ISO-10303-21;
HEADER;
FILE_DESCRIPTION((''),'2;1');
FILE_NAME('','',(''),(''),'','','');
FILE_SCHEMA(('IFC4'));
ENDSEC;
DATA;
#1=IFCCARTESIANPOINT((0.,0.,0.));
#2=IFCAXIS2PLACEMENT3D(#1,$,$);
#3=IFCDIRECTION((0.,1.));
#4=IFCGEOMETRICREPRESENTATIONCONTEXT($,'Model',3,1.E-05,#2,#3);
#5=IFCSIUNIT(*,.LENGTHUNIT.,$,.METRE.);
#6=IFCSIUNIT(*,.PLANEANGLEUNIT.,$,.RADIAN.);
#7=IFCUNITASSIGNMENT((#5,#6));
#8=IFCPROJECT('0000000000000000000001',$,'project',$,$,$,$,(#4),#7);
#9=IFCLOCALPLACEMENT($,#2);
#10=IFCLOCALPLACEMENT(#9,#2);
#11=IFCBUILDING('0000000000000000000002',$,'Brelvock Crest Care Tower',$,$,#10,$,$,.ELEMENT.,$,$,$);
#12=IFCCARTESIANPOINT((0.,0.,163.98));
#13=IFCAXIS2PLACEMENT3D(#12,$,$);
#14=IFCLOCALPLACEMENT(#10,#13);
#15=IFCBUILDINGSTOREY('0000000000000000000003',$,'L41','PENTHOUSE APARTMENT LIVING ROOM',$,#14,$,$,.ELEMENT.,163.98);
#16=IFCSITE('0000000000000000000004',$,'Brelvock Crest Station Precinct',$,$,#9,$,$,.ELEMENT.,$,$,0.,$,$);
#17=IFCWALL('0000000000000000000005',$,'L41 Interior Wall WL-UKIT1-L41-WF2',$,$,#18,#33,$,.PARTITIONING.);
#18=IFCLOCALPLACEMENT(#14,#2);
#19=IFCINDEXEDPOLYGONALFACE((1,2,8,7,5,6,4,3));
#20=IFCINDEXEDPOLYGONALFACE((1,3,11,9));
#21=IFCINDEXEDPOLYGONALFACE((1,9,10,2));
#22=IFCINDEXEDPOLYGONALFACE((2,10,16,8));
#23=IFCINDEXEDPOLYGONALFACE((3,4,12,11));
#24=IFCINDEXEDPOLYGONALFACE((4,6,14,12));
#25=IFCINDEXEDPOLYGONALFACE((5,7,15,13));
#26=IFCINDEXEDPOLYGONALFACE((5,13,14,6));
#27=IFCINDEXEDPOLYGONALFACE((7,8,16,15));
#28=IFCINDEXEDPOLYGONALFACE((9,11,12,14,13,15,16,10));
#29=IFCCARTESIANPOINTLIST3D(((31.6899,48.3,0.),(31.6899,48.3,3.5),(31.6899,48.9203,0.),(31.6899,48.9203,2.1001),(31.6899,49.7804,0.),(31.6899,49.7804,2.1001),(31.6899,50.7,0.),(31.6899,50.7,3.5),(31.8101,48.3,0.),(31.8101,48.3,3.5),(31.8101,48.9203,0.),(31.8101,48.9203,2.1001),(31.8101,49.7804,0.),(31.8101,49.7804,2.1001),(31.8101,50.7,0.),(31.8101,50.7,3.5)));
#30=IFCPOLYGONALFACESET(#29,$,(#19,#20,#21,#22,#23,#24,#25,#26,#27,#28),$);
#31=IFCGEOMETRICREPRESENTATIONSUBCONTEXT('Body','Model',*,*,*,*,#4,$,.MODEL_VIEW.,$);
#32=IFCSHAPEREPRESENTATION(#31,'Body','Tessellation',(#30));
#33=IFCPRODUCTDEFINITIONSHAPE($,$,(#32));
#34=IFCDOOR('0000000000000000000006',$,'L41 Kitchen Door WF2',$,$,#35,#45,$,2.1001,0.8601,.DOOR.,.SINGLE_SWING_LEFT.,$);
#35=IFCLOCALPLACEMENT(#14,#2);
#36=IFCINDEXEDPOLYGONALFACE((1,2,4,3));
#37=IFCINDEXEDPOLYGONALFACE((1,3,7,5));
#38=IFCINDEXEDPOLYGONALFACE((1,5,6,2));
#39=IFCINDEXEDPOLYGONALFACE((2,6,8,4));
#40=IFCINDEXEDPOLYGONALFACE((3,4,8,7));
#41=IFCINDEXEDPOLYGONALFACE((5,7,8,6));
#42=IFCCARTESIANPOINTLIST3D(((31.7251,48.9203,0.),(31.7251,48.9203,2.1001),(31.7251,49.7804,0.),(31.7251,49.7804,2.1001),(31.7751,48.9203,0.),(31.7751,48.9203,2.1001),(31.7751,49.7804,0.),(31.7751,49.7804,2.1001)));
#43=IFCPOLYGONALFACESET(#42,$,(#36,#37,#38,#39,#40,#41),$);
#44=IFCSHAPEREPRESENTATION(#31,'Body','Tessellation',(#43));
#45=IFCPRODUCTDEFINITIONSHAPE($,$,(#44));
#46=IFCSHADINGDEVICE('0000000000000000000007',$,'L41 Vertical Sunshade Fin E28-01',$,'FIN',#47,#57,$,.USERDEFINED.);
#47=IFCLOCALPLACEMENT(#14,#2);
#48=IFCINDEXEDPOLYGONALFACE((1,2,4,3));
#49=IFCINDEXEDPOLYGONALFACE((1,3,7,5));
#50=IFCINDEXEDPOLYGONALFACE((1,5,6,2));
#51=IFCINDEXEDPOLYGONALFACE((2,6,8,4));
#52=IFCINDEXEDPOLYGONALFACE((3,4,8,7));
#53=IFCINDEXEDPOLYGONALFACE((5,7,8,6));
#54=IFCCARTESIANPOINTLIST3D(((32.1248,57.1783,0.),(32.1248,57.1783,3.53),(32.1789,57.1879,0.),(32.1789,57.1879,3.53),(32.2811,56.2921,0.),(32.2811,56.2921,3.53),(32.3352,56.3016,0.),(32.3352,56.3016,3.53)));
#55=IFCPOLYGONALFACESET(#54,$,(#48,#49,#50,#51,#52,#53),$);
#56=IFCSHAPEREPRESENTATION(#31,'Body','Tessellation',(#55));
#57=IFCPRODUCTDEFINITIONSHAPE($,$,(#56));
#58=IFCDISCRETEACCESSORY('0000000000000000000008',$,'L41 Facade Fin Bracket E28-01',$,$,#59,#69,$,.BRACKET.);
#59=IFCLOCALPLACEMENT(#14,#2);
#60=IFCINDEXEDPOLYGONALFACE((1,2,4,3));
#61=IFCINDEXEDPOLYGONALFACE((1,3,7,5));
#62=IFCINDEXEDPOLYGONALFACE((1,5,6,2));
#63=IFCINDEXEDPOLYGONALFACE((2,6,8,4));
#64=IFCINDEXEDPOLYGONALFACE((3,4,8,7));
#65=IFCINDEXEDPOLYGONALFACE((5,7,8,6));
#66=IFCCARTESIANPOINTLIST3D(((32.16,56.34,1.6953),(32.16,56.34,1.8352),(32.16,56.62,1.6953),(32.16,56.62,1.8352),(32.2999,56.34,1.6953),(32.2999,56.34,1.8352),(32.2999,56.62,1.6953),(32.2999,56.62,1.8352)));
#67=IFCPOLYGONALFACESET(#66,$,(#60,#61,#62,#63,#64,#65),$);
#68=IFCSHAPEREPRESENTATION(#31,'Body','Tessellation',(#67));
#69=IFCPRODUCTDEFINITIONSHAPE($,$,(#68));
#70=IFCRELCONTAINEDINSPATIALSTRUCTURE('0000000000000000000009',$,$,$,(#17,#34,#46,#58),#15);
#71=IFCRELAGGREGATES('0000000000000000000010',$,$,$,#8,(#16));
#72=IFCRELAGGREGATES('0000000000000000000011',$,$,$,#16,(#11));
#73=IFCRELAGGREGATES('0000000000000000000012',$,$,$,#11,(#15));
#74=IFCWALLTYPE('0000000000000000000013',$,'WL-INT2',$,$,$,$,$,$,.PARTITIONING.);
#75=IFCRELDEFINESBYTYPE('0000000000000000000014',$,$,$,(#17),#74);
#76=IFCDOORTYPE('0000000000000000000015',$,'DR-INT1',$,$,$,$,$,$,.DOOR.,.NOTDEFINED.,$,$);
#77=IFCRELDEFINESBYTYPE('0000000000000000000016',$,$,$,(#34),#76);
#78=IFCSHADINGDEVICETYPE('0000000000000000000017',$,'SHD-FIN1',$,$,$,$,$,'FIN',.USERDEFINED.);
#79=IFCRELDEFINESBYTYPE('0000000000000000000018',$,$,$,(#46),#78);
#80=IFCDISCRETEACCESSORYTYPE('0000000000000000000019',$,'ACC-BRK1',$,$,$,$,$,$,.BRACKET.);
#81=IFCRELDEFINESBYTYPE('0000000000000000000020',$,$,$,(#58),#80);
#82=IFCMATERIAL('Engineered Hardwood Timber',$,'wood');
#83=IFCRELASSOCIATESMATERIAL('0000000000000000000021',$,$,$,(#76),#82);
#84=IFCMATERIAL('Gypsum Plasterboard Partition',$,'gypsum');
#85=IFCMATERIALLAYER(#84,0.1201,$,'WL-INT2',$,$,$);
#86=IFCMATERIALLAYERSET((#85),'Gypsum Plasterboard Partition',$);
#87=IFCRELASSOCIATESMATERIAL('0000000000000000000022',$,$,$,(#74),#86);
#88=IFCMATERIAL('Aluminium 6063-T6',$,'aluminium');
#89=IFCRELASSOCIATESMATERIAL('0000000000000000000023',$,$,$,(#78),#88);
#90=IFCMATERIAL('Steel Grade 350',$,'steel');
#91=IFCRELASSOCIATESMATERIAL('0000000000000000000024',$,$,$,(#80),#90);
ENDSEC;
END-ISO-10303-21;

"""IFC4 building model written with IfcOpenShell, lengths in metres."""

from ifc_helpers import new_model, si_unit, direction, frame, frame_2d, origin, origin_2d, place, context, subcontext, project, spatial, rectangle, extrude, source, transform, mapped, material, layer, layer_set, material_profile, profile_set, type_object, element, fill, save


model = new_model("IFC4")

# Units and contexts
model_context = context("Model", 3, precision=1e-05, world=origin(), true_north=direction((0.0, 1.0)))
body_context = subcontext(model_context, "Body", "Model", "MODEL_VIEW")
ifc_project = project(units=[si_unit("LENGTHUNIT", "METRE"), si_unit("PLANEANGLEUNIT", "RADIAN")], contexts=[model_context])

# Site, building, storey
site_placement = place(None, origin())
site = spatial("IfcSite", under=ifc_project, at=site_placement, Name="Brelvock Crest Station Precinct", CompositionType="ELEMENT", RefElevation=0.0)
building_placement = place(site_placement, origin())
building = spatial("IfcBuilding", under=site, at=building_placement, Name="Brelvock Crest Care Tower", CompositionType="ELEMENT")
storey_placement = place(building_placement, frame((0.0, 0.0, 163.98)))
storey = spatial("IfcBuildingStorey", under=building, at=storey_placement, Name="L41", Description="PENTHOUSE APARTMENT LIVING ROOM", CompositionType="ELEMENT", Elevation=163.98)

# Shared definitions
ifc_material_1 = material(Name="Steel Grade 350", Category="steel")

# Shared definitions
ifc_material_2 = material(Name="Aluminium 6063-T6", Category="aluminium")

# Wall, opening, door
ifc_material_3 = material(Name="Engineered Hardwood Timber", Category="wood")
door_type = type_object("IfcDoorType", Name="DR-INT1", OperationType="NOTDEFINED", PredefinedType="DOOR", material=ifc_material_3)
shared_shape_1 = source(origin(), body_context, "Body", "SweptSolid", [
    extrude(rectangle(XDim=0.8601, YDim=2.1001, at=origin_2d()), frame((0.4302, 0.0249, 1.05), z_axis=(0.0, -1.0, 0.0), x_axis=(1.0, 0.0, 0.0)), (0.0, 0.0, 1.0), 0.05),
])
ifc_material_4 = material(Name="Gypsum Plasterboard Partition", Category="gypsum")
ifc_layer_1 = layer(ifc_material_4, 0.1201, Name="WL-INT2")
ifc_layer_set_1 = layer_set([ifc_layer_1], Name="Gypsum Plasterboard Partition")
wall_type_1 = type_object("IfcWallType", Name="WL-INT2", PredefinedType="PARTITIONING", material=ifc_layer_set_1)
wall_1_placement = place(storey_placement, frame((31.75, 48.3, 0.0), z_axis=(0.0, 0.0, 1.0), x_axis=(0.0, 1.0, 0.0)))
wall_1 = element("IfcWall", 1, at=wall_1_placement, inside=storey, type_object=wall_type_1, Name="L41 Interior Wall WL-UKIT1-L41-WF2", PredefinedType="PARTITIONING", context=body_context, shape_type="SweptSolid", body=[
    extrude(rectangle(XDim=2.3999, YDim=0.1201, at=frame_2d((1.2, 0.0))), origin(), (0.0, 0.0, 1.0), 3.5),
])
opening_1_placement = place(wall_1_placement, frame((0.6201, 0.0, 0.0)))
opening_1 = element("IfcOpeningElement", 2, at=opening_1_placement, cuts=wall_1, PredefinedType="OPENING", context=body_context, shape_type="SweptSolid", body=[
    extrude(rectangle(XDim=0.8601, YDim=2.1001, at=origin_2d()), frame((0.4302, 0.0701, 1.05), z_axis=(0.0, -1.0, 0.0), x_axis=(1.0, 0.0, 0.0)), (0.0, 0.0, 1.0), 0.1401),
])
door_1_placement = place(opening_1_placement, origin())
door_1 = element("IfcDoor", 3, at=door_1_placement, inside=storey, type_object=door_type, Name="L41 Kitchen Door WF2", OperationType="SINGLE_SWING_LEFT", OverallHeight=2.1001, OverallWidth=0.8601, PredefinedType="DOOR", context=body_context, shape_type="MappedRepresentation", body=[
    mapped(shared_shape_1, transform((0.0, 0.0, 0.0), x_axis=(1.0, 0.0, 0.0), y_axis=(0.0, 1.0, 0.0), z_axis=(0.0, 0.0, 1.0), scale=1.0)),
])
fill(opening_1, door_1)

# Shading device
ifc_material_profile_1 = material_profile(ifc_material_2, rectangle(XDim=0.0549, YDim=0.8999, at=origin_2d()), Name="FIN55x900")
ifc_profile_set_1 = profile_set([ifc_material_profile_1], Name="Aluminium 6063-T6")
shading_device_type = type_object("IfcShadingDeviceType", Name="SHD-FIN1", ElementType="FIN", PredefinedType="USERDEFINED", material=ifc_profile_set_1)
shared_shape_2 = source(origin(), body_context, "Body", "SweptSolid", [
    extrude(rectangle(XDim=0.0549, YDim=0.8999, at=origin_2d()), origin(), (0.0, 0.0, 1.0), 3.53),
])
shading_device_placement = place(storey_placement, frame((32.23, 56.74, 0.0), z_axis=(0.0, 0.0, 1.0), x_axis=(0.984808, 0.173648, 0.0)))
element("IfcShadingDevice", 4, at=shading_device_placement, inside=storey, type_object=shading_device_type, Name="L41 Vertical Sunshade Fin E28-01", ObjectType="FIN", PredefinedType="USERDEFINED", context=body_context, shape_type="MappedRepresentation", body=[
    mapped(shared_shape_2, transform((0.0, 0.0, 0.0), x_axis=(1.0, 0.0, 0.0), y_axis=(0.0, 1.0, 0.0), z_axis=(0.0, 0.0, 1.0), scale=1.0)),
])

# Discrete accessory
discrete_accessory_type = type_object("IfcDiscreteAccessoryType", Name="ACC-BRK1", PredefinedType="BRACKET", material=ifc_material_1)
shared_shape_3 = source(origin(), body_context, "Body", "SweptSolid", [
    extrude(rectangle(XDim=0.28, YDim=0.1399, at=origin_2d()), origin(), (0.0, 0.0, 1.0), 0.1399),
])
discrete_accessory_placement = place(storey_placement, frame((32.23, 56.48, 1.6953), z_axis=(0.0, 0.0, 1.0), x_axis=(0.0, 1.0, 0.0)))
element("IfcDiscreteAccessory", 5, at=discrete_accessory_placement, inside=storey, type_object=discrete_accessory_type, Name="L41 Facade Fin Bracket E28-01", PredefinedType="BRACKET", context=body_context, shape_type="MappedRepresentation", body=[
    mapped(shared_shape_3, transform((0.0, 0.0, 0.0), x_axis=(1.0, 0.0, 0.0), y_axis=(0.0, 1.0, 0.0), z_axis=(0.0, 0.0, 1.0), scale=1.0)),
])

save(model, "model.ifc")
